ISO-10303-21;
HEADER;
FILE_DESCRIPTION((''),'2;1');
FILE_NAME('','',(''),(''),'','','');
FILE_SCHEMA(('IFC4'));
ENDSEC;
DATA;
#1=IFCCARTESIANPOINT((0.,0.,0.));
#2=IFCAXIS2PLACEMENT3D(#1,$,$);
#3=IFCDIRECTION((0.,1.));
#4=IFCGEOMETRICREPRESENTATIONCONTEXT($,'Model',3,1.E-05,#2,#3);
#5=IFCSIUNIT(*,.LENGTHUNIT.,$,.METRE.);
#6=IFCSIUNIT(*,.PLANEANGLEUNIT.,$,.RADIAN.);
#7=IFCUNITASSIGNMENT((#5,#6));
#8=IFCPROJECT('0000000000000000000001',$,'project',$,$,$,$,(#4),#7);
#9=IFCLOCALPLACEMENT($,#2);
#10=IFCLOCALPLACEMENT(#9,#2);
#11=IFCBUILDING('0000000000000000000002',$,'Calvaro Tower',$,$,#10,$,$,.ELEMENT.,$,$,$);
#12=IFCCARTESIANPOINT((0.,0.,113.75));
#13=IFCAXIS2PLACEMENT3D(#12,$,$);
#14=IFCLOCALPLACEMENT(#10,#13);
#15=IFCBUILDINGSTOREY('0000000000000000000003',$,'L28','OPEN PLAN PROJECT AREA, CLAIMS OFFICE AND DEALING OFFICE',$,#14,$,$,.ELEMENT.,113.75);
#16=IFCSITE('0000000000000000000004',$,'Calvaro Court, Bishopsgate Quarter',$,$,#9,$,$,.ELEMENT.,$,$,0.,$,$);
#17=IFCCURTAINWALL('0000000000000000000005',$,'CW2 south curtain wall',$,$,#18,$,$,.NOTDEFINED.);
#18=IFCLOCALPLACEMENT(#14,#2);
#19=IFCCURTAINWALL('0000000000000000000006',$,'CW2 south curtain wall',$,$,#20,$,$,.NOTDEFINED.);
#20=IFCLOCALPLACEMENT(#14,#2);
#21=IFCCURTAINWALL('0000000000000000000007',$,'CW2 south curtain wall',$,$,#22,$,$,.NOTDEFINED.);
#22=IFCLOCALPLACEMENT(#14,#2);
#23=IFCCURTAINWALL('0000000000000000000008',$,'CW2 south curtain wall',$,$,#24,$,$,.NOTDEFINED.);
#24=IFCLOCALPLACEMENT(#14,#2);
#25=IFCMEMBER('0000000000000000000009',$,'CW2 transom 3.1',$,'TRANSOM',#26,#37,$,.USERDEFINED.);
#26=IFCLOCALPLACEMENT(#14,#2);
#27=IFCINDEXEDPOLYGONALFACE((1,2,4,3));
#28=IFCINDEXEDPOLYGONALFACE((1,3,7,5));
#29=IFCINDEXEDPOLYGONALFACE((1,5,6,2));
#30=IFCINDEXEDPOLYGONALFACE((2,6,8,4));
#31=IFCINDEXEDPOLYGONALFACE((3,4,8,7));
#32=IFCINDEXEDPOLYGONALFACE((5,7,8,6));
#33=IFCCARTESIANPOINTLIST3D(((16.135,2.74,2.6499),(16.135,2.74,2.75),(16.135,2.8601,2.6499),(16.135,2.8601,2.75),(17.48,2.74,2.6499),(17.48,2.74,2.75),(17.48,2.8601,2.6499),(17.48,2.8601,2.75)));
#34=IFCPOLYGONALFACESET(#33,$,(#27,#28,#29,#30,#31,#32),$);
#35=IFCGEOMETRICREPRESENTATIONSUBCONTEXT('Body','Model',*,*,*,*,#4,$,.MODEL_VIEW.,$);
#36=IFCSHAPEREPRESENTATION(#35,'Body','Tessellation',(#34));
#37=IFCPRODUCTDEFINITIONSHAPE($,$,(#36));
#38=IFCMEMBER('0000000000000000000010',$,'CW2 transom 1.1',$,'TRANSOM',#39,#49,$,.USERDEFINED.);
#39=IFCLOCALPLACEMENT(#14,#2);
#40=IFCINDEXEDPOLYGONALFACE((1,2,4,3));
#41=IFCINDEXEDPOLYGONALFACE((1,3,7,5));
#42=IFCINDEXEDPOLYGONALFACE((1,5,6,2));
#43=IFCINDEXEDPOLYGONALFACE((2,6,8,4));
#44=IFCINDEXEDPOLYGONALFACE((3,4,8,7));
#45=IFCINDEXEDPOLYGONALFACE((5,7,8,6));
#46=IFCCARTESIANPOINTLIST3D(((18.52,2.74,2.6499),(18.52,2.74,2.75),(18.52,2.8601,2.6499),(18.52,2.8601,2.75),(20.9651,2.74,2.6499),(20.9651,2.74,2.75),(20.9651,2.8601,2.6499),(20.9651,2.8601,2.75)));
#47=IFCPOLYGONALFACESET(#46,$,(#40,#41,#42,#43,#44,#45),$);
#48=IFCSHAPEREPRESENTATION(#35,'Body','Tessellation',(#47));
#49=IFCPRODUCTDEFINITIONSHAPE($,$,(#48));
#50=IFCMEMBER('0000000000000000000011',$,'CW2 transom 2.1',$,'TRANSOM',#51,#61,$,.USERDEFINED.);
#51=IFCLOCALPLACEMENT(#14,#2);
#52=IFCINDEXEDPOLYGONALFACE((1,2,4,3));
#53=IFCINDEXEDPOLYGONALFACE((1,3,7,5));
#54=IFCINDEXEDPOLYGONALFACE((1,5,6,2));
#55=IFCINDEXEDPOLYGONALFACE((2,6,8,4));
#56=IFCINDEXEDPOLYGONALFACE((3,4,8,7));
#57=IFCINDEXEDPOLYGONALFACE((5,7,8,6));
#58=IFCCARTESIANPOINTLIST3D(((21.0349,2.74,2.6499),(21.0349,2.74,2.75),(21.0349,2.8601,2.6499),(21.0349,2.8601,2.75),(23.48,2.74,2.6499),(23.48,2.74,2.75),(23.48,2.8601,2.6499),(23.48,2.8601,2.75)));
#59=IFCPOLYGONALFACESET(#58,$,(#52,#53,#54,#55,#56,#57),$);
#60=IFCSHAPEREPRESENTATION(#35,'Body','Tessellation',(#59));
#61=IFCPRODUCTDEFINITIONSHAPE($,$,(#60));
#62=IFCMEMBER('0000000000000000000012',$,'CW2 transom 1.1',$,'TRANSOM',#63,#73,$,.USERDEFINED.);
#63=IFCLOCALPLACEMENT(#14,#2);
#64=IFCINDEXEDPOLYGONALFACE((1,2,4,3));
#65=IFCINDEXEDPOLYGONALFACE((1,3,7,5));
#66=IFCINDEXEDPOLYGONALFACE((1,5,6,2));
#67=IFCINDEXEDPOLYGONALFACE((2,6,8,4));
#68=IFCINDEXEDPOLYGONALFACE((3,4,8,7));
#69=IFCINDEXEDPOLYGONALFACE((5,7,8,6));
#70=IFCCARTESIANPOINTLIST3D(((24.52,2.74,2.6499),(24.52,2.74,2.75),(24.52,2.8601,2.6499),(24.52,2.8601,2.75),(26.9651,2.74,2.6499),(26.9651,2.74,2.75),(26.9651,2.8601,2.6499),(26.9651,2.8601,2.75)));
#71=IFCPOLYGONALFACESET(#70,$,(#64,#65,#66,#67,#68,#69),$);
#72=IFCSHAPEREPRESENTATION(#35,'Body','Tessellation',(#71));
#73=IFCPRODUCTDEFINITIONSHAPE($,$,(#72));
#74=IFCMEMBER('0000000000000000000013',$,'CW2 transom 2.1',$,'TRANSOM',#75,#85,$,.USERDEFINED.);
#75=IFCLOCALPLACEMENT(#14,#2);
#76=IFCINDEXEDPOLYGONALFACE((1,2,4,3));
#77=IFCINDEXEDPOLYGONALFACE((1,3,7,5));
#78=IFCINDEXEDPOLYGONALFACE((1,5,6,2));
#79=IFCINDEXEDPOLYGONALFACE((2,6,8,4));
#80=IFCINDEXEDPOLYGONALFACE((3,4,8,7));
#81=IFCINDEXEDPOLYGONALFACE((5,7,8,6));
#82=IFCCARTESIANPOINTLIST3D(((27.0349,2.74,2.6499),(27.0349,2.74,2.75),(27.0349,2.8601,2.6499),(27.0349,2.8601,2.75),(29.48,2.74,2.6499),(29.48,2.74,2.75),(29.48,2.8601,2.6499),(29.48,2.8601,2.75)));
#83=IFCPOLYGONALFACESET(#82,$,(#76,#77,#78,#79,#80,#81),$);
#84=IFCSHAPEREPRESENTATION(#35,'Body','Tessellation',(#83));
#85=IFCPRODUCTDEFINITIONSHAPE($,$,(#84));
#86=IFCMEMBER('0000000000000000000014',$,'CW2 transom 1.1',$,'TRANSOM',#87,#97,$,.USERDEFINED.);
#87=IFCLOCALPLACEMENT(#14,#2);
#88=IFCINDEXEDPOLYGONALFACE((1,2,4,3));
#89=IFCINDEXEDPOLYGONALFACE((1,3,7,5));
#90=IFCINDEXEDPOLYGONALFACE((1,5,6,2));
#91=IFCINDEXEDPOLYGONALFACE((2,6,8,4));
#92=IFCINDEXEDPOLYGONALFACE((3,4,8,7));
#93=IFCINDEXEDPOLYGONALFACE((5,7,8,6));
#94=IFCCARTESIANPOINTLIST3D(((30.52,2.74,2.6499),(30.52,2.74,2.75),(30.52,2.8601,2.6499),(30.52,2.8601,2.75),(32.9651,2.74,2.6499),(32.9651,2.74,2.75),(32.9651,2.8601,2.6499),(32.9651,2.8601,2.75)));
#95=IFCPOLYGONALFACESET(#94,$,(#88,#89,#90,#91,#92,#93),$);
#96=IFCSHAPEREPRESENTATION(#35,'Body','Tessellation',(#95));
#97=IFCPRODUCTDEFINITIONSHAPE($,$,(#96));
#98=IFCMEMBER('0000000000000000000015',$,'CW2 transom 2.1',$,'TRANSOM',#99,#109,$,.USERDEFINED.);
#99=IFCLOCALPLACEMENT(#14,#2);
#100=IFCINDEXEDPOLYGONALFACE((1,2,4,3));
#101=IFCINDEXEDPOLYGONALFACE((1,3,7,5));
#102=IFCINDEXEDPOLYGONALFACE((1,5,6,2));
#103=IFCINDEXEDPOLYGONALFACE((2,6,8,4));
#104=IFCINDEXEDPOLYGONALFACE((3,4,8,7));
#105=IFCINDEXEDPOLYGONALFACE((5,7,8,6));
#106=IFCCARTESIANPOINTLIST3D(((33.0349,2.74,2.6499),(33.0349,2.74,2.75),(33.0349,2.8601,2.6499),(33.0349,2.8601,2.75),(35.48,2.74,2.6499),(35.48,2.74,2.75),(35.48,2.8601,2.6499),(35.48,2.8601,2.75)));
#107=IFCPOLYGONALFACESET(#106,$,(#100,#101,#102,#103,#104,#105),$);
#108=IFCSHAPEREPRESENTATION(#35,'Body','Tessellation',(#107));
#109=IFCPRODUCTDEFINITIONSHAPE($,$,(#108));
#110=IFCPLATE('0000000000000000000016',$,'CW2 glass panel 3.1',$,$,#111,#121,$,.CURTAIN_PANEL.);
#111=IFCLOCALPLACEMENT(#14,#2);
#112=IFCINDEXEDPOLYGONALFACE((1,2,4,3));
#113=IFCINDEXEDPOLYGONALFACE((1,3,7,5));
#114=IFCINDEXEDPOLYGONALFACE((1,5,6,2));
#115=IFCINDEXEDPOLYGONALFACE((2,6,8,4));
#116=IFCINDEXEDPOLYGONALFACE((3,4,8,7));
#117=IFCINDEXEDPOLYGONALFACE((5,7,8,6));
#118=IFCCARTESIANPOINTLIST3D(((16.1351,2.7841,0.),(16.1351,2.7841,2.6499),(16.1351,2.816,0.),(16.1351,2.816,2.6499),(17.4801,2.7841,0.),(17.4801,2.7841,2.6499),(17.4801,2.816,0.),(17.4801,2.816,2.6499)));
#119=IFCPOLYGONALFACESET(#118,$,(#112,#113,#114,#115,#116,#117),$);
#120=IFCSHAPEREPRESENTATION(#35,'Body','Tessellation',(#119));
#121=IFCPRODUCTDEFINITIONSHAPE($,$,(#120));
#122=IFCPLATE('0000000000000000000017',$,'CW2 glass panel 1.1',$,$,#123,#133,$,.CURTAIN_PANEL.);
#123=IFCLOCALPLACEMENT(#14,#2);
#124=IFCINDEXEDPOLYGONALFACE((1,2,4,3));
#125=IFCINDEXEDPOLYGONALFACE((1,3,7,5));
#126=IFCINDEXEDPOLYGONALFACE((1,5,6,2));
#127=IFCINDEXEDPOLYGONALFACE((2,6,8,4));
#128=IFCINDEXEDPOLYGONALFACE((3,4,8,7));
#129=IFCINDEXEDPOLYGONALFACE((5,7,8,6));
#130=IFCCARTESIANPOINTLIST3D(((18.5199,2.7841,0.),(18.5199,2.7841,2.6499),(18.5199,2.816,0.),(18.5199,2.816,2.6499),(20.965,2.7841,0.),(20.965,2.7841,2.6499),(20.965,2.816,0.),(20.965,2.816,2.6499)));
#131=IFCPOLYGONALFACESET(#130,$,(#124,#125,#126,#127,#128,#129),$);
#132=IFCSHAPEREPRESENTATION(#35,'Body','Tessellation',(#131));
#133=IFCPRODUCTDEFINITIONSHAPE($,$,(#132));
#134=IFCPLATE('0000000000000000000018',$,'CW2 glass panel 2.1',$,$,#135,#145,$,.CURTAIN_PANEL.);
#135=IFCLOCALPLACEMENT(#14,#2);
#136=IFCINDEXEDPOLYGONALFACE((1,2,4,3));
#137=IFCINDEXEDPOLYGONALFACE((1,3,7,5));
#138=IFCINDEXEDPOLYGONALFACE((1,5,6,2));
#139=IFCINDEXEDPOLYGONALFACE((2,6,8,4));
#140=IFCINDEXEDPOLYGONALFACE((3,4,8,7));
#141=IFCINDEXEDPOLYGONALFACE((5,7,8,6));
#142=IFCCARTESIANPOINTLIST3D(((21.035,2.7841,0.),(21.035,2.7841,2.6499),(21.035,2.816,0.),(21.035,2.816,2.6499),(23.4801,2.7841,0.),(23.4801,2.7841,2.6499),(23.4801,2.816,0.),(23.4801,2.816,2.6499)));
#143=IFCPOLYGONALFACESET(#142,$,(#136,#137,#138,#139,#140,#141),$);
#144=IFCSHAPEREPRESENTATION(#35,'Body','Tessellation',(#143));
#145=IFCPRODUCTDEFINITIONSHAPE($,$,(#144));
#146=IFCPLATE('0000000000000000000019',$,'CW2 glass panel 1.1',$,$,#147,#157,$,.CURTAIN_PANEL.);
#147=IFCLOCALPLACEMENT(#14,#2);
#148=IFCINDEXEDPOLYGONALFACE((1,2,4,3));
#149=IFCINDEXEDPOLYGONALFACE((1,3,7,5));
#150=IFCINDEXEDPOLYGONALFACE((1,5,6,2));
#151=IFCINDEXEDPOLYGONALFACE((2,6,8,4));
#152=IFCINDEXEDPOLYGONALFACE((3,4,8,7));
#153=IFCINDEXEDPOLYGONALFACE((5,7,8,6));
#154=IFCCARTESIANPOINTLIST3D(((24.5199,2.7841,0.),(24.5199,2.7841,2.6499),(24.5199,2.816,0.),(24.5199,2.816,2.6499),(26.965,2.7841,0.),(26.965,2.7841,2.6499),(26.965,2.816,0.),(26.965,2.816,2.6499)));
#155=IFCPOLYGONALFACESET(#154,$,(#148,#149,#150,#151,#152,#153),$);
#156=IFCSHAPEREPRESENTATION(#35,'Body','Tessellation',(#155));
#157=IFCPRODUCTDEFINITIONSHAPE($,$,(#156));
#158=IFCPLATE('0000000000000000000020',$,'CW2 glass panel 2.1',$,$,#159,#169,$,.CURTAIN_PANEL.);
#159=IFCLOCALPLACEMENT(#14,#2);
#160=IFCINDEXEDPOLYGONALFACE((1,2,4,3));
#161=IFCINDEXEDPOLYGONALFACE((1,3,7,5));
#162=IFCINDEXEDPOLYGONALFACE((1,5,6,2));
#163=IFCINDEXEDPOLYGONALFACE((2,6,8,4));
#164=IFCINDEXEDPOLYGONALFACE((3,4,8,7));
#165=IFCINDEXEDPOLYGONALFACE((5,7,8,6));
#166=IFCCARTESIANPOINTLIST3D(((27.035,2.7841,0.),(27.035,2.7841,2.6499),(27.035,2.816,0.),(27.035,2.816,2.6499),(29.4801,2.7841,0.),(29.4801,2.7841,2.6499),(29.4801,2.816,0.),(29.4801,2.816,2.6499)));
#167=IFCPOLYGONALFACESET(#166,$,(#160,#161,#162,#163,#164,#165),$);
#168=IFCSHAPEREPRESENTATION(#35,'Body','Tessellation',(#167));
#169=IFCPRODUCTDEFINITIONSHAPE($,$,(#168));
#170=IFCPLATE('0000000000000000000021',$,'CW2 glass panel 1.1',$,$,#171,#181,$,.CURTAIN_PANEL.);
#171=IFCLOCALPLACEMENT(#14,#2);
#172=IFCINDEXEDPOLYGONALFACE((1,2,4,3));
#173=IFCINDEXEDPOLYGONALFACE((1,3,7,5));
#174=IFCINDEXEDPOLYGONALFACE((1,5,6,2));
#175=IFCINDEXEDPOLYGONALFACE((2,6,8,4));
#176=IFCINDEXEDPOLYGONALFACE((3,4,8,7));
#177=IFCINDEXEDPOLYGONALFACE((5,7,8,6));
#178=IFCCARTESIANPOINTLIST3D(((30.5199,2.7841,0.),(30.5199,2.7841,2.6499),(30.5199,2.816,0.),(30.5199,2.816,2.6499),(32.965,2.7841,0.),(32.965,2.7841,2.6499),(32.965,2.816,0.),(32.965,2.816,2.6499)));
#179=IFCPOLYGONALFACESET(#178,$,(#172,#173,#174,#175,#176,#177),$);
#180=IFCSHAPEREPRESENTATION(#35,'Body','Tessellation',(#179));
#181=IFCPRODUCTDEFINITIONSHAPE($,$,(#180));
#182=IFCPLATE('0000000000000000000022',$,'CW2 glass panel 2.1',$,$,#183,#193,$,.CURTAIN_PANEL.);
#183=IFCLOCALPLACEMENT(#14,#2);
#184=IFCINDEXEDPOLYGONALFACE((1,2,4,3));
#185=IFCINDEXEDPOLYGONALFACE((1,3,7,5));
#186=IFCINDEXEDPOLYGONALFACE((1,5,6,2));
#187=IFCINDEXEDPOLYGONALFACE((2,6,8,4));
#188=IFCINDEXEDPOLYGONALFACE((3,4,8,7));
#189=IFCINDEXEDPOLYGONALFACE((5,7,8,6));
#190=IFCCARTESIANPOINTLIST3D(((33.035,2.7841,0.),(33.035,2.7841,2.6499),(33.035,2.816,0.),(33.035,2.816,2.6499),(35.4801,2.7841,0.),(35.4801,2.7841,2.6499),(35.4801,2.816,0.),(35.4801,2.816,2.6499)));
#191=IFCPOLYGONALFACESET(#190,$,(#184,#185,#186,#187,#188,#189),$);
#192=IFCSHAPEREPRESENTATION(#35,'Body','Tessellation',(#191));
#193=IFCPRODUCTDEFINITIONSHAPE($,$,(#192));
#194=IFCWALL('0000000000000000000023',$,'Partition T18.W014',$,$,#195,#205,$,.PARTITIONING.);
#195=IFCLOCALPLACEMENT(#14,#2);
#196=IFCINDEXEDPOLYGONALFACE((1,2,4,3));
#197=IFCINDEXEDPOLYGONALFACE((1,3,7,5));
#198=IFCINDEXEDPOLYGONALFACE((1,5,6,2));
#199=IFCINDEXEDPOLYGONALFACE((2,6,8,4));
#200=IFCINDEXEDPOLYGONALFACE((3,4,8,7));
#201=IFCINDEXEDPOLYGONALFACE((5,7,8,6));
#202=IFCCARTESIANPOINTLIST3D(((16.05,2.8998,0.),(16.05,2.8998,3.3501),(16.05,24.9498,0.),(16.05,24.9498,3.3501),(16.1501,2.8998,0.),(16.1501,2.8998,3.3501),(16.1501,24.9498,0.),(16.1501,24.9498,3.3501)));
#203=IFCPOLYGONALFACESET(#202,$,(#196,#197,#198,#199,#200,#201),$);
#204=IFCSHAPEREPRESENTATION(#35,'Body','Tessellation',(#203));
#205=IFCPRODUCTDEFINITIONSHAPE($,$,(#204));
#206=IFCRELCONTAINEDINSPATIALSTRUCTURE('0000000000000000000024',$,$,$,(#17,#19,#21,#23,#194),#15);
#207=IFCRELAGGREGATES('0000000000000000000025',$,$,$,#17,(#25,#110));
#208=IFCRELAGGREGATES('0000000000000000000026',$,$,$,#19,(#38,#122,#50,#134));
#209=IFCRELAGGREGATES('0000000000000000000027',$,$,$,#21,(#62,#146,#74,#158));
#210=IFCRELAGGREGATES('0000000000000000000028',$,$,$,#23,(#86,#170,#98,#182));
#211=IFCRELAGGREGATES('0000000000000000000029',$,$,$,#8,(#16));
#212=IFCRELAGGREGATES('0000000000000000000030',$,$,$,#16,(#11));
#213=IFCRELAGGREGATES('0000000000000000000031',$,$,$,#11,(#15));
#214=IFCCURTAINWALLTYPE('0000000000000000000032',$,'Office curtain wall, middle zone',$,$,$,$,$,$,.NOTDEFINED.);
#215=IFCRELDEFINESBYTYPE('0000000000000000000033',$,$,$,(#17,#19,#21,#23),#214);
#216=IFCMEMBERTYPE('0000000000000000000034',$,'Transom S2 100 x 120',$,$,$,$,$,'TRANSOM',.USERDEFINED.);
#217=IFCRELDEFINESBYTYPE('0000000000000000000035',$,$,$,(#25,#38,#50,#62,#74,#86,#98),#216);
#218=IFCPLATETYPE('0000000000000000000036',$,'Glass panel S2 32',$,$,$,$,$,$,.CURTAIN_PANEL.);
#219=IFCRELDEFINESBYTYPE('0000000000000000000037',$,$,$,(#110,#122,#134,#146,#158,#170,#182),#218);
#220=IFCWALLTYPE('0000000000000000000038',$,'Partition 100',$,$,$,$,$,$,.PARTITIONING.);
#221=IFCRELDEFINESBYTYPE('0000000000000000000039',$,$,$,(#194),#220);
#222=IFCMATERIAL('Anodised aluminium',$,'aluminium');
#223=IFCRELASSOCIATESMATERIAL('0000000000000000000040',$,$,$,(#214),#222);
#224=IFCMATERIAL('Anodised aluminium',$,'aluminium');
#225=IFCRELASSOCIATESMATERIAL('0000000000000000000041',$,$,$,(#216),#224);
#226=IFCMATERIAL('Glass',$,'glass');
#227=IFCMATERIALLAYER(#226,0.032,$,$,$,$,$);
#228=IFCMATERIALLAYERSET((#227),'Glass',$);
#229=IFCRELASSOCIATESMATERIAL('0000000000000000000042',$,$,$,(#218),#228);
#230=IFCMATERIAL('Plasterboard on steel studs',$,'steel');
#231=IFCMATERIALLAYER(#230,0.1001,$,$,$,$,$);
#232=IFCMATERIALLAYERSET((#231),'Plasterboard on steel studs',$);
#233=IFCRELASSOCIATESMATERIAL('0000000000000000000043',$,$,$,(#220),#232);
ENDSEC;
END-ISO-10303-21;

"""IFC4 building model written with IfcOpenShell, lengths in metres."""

from ifc_helpers import new_model, si_unit, direction, frame, frame_2d, origin, origin_2d, place, context, subcontext, project, spatial, rectangle, extrude, material, layer, layer_set, material_profile, profile_set, type_object, element, aggregate, save


model = new_model("IFC4")

# Units and contexts
model_context = context("Model", 3, precision=1e-05, world=origin(), true_north=direction((0.0, 1.0)))
body_context = subcontext(model_context, "Body", "Model", "MODEL_VIEW")
ifc_project = project(units=[si_unit("LENGTHUNIT", "METRE"), si_unit("PLANEANGLEUNIT", "RADIAN")], contexts=[model_context])

# Site, building, storey
site_placement = place(None, origin())
site = spatial("IfcSite", under=ifc_project, at=site_placement, Name="Calvaro Court, Bishopsgate Quarter", CompositionType="ELEMENT", RefElevation=0.0)
building_placement = place(site_placement, origin())
building = spatial("IfcBuilding", under=site, at=building_placement, Name="Calvaro Tower", CompositionType="ELEMENT")
storey_placement = place(building_placement, frame((0.0, 0.0, 113.75)))
storey = spatial("IfcBuildingStorey", under=building, at=storey_placement, Name="L28", Description="OPEN PLAN PROJECT AREA, CLAIMS OFFICE AND DEALING OFFICE", CompositionType="ELEMENT", Elevation=113.75)

# Curtain wall
ifc_material_1 = material(Name="Anodised aluminium", Category="aluminium")
curtain_wall_type = type_object("IfcCurtainWallType", Name="Office curtain wall, middle zone", PredefinedType="NOTDEFINED", material=ifc_material_1)
curtain_wall_1_placement = place(storey_placement, origin())
curtain_wall_1 = element("IfcCurtainWall", 1, at=curtain_wall_1_placement, inside=storey, type_object=curtain_wall_type, Name="CW2 south curtain wall", PredefinedType="NOTDEFINED")

# Curtain walls
curtain_wall_2_placement = place(storey_placement, origin())
curtain_wall_2 = element("IfcCurtainWall", 2, at=curtain_wall_2_placement, inside=storey, type_object=curtain_wall_type, Name="CW2 south curtain wall", PredefinedType="NOTDEFINED")
curtain_wall_3_placement = place(storey_placement, origin())
curtain_wall_3 = element("IfcCurtainWall", 3, at=curtain_wall_3_placement, inside=storey, type_object=curtain_wall_type, Name="CW2 south curtain wall", PredefinedType="NOTDEFINED")
curtain_wall_4_placement = place(storey_placement, origin())
curtain_wall_4 = element("IfcCurtainWall", 4, at=curtain_wall_4_placement, inside=storey, type_object=curtain_wall_type, Name="CW2 south curtain wall", PredefinedType="NOTDEFINED")

# Members
ifc_material_2 = material(Name="Anodised aluminium", Category="aluminium")
ifc_material_profile_1 = material_profile(ifc_material_2, rectangle(XDim=0.1201, YDim=0.1001, at=origin_2d()), Name="Transom S2 100 x 120")
ifc_profile_set_1 = profile_set([ifc_material_profile_1], Name="Anodised aluminium")
member_type_1 = type_object("IfcMemberType", Name="Transom S2 100 x 120", ElementType="TRANSOM", PredefinedType="USERDEFINED", material=ifc_profile_set_1)
member_1_placement = place(storey_placement, frame((16.135, 2.8, 2.7), z_axis=(1.0, 0.0, 0.0), x_axis=(0.0, 1.0, 0.0)))
member_1 = element("IfcMember", 5, at=member_1_placement, type_object=member_type_1, Name="CW2 transom 3.1", ObjectType="TRANSOM", PredefinedType="USERDEFINED", context=body_context, shape_type="SweptSolid", body=[
    extrude(rectangle(XDim=0.1201, YDim=0.1001, at=origin_2d()), origin(), (0.0, 0.0, 1.0), 1.345),
])
member_2_placement = place(storey_placement, frame((18.52, 2.8, 2.7), z_axis=(1.0, 0.0, 0.0), x_axis=(0.0, 1.0, 0.0)))
member_2 = element("IfcMember", 6, at=member_2_placement, type_object=member_type_1, Name="CW2 transom 1.1", ObjectType="TRANSOM", PredefinedType="USERDEFINED", context=body_context, shape_type="SweptSolid", body=[
    extrude(rectangle(XDim=0.1201, YDim=0.1001, at=origin_2d()), origin(), (0.0, 0.0, 1.0), 2.4451),
])
member_3_placement = place(storey_placement, frame((21.0349, 2.8, 2.7), z_axis=(1.0, 0.0, 0.0), x_axis=(0.0, 1.0, 0.0)))
member_3 = element("IfcMember", 7, at=member_3_placement, type_object=member_type_1, Name="CW2 transom 2.1", ObjectType="TRANSOM", PredefinedType="USERDEFINED", context=body_context, shape_type="SweptSolid", body=[
    extrude(rectangle(XDim=0.1201, YDim=0.1001, at=origin_2d()), origin(), (0.0, 0.0, 1.0), 2.4451),
])
member_4_placement = place(storey_placement, frame((24.52, 2.8, 2.7), z_axis=(1.0, 0.0, 0.0), x_axis=(0.0, 1.0, 0.0)))
member_4 = element("IfcMember", 8, at=member_4_placement, type_object=member_type_1, Name="CW2 transom 1.1", ObjectType="TRANSOM", PredefinedType="USERDEFINED", context=body_context, shape_type="SweptSolid", body=[
    extrude(rectangle(XDim=0.1201, YDim=0.1001, at=origin_2d()), origin(), (0.0, 0.0, 1.0), 2.4451),
])
member_5_placement = place(storey_placement, frame((27.0349, 2.8, 2.7), z_axis=(1.0, 0.0, 0.0), x_axis=(0.0, 1.0, 0.0)))
member_5 = element("IfcMember", 9, at=member_5_placement, type_object=member_type_1, Name="CW2 transom 2.1", ObjectType="TRANSOM", PredefinedType="USERDEFINED", context=body_context, shape_type="SweptSolid", body=[
    extrude(rectangle(XDim=0.1201, YDim=0.1001, at=origin_2d()), origin(), (0.0, 0.0, 1.0), 2.4451),
])
member_6_placement = place(storey_placement, frame((30.52, 2.8, 2.7), z_axis=(1.0, 0.0, 0.0), x_axis=(0.0, 1.0, 0.0)))
member_6 = element("IfcMember", 10, at=member_6_placement, type_object=member_type_1, Name="CW2 transom 1.1", ObjectType="TRANSOM", PredefinedType="USERDEFINED", context=body_context, shape_type="SweptSolid", body=[
    extrude(rectangle(XDim=0.1201, YDim=0.1001, at=origin_2d()), origin(), (0.0, 0.0, 1.0), 2.4451),
])
member_7_placement = place(storey_placement, frame((33.0349, 2.8, 2.7), z_axis=(1.0, 0.0, 0.0), x_axis=(0.0, 1.0, 0.0)))
member_7 = element("IfcMember", 11, at=member_7_placement, type_object=member_type_1, Name="CW2 transom 2.1", ObjectType="TRANSOM", PredefinedType="USERDEFINED", context=body_context, shape_type="SweptSolid", body=[
    extrude(rectangle(XDim=0.1201, YDim=0.1001, at=origin_2d()), origin(), (0.0, 0.0, 1.0), 2.4451),
])

# Plates
ifc_material_3 = material(Name="Glass", Category="glass")
ifc_layer_1 = layer(ifc_material_3, 0.032)
ifc_layer_set_1 = layer_set([ifc_layer_1], Name="Glass")
plate_type = type_object("IfcPlateType", Name="Glass panel S2 32", PredefinedType="CURTAIN_PANEL", material=ifc_layer_set_1)
plate_1_placement = place(storey_placement, frame((16.8076, 2.8, 0.0), z_axis=(0.0, 0.0, 1.0), x_axis=(1.0, 0.0, 0.0)))
plate_1 = element("IfcPlate", 12, at=plate_1_placement, type_object=plate_type, Name="CW2 glass panel 3.1", PredefinedType="CURTAIN_PANEL", context=body_context, shape_type="SweptSolid", body=[
    extrude(rectangle(XDim=1.345, YDim=0.032, at=origin_2d()), origin(), (0.0, 0.0, 1.0), 2.6499),
])
aggregate(curtain_wall_1, [member_1, plate_1])
plate_2_placement = place(storey_placement, frame((19.7424, 2.8, 0.0), z_axis=(0.0, 0.0, 1.0), x_axis=(1.0, 0.0, 0.0)))
plate_2 = element("IfcPlate", 13, at=plate_2_placement, type_object=plate_type, Name="CW2 glass panel 1.1", PredefinedType="CURTAIN_PANEL", context=body_context, shape_type="SweptSolid", body=[
    extrude(rectangle(XDim=2.4451, YDim=0.032, at=origin_2d()), origin(), (0.0, 0.0, 1.0), 2.6499),
])
plate_3_placement = place(storey_placement, frame((22.2576, 2.8, 0.0), z_axis=(0.0, 0.0, 1.0), x_axis=(1.0, 0.0, 0.0)))
plate_3 = element("IfcPlate", 14, at=plate_3_placement, type_object=plate_type, Name="CW2 glass panel 2.1", PredefinedType="CURTAIN_PANEL", context=body_context, shape_type="SweptSolid", body=[
    extrude(rectangle(XDim=2.4451, YDim=0.032, at=origin_2d()), origin(), (0.0, 0.0, 1.0), 2.6499),
])
aggregate(curtain_wall_2, [member_2, plate_2, member_3, plate_3])
plate_4_placement = place(storey_placement, frame((25.7424, 2.8, 0.0), z_axis=(0.0, 0.0, 1.0), x_axis=(1.0, 0.0, 0.0)))
plate_4 = element("IfcPlate", 15, at=plate_4_placement, type_object=plate_type, Name="CW2 glass panel 1.1", PredefinedType="CURTAIN_PANEL", context=body_context, shape_type="SweptSolid", body=[
    extrude(rectangle(XDim=2.4451, YDim=0.032, at=origin_2d()), origin(), (0.0, 0.0, 1.0), 2.6499),
])
plate_5_placement = place(storey_placement, frame((28.2576, 2.8, 0.0), z_axis=(0.0, 0.0, 1.0), x_axis=(1.0, 0.0, 0.0)))
plate_5 = element("IfcPlate", 16, at=plate_5_placement, type_object=plate_type, Name="CW2 glass panel 2.1", PredefinedType="CURTAIN_PANEL", context=body_context, shape_type="SweptSolid", body=[
    extrude(rectangle(XDim=2.4451, YDim=0.032, at=origin_2d()), origin(), (0.0, 0.0, 1.0), 2.6499),
])
aggregate(curtain_wall_3, [member_4, plate_4, member_5, plate_5])
plate_6_placement = place(storey_placement, frame((31.7424, 2.8, 0.0), z_axis=(0.0, 0.0, 1.0), x_axis=(1.0, 0.0, 0.0)))
plate_6 = element("IfcPlate", 17, at=plate_6_placement, type_object=plate_type, Name="CW2 glass panel 1.1", PredefinedType="CURTAIN_PANEL", context=body_context, shape_type="SweptSolid", body=[
    extrude(rectangle(XDim=2.4451, YDim=0.032, at=origin_2d()), origin(), (0.0, 0.0, 1.0), 2.6499),
])
plate_7_placement = place(storey_placement, frame((34.2576, 2.8, 0.0), z_axis=(0.0, 0.0, 1.0), x_axis=(1.0, 0.0, 0.0)))
plate_7 = element("IfcPlate", 18, at=plate_7_placement, type_object=plate_type, Name="CW2 glass panel 2.1", PredefinedType="CURTAIN_PANEL", context=body_context, shape_type="SweptSolid", body=[
    extrude(rectangle(XDim=2.4451, YDim=0.032, at=origin_2d()), origin(), (0.0, 0.0, 1.0), 2.6499),
])
aggregate(curtain_wall_4, [member_6, plate_6, member_7, plate_7])

# Wall
ifc_material_4 = material(Name="Plasterboard on steel studs", Category="steel")
ifc_layer_2 = layer(ifc_material_4, 0.1001)
ifc_layer_set_2 = layer_set([ifc_layer_2], Name="Plasterboard on steel studs")
wall_type = type_object("IfcWallType", Name="Partition 100", PredefinedType="PARTITIONING", material=ifc_layer_set_2)
wall_placement = place(storey_placement, frame((16.1001, 2.8999, 0.0), z_axis=(0.0, 0.0, 1.0), x_axis=(0.0, 1.0, 0.0)))
element("IfcWall", 19, at=wall_placement, inside=storey, type_object=wall_type, Name="Partition T18.W014", PredefinedType="PARTITIONING", context=body_context, shape_type="SweptSolid", body=[
    extrude(rectangle(XDim=22.05, YDim=0.1001, at=frame_2d((11.0249, 0.0))), origin(), (0.0, 0.0, 1.0), 3.3501),
])

save(model, "model.ifc")
